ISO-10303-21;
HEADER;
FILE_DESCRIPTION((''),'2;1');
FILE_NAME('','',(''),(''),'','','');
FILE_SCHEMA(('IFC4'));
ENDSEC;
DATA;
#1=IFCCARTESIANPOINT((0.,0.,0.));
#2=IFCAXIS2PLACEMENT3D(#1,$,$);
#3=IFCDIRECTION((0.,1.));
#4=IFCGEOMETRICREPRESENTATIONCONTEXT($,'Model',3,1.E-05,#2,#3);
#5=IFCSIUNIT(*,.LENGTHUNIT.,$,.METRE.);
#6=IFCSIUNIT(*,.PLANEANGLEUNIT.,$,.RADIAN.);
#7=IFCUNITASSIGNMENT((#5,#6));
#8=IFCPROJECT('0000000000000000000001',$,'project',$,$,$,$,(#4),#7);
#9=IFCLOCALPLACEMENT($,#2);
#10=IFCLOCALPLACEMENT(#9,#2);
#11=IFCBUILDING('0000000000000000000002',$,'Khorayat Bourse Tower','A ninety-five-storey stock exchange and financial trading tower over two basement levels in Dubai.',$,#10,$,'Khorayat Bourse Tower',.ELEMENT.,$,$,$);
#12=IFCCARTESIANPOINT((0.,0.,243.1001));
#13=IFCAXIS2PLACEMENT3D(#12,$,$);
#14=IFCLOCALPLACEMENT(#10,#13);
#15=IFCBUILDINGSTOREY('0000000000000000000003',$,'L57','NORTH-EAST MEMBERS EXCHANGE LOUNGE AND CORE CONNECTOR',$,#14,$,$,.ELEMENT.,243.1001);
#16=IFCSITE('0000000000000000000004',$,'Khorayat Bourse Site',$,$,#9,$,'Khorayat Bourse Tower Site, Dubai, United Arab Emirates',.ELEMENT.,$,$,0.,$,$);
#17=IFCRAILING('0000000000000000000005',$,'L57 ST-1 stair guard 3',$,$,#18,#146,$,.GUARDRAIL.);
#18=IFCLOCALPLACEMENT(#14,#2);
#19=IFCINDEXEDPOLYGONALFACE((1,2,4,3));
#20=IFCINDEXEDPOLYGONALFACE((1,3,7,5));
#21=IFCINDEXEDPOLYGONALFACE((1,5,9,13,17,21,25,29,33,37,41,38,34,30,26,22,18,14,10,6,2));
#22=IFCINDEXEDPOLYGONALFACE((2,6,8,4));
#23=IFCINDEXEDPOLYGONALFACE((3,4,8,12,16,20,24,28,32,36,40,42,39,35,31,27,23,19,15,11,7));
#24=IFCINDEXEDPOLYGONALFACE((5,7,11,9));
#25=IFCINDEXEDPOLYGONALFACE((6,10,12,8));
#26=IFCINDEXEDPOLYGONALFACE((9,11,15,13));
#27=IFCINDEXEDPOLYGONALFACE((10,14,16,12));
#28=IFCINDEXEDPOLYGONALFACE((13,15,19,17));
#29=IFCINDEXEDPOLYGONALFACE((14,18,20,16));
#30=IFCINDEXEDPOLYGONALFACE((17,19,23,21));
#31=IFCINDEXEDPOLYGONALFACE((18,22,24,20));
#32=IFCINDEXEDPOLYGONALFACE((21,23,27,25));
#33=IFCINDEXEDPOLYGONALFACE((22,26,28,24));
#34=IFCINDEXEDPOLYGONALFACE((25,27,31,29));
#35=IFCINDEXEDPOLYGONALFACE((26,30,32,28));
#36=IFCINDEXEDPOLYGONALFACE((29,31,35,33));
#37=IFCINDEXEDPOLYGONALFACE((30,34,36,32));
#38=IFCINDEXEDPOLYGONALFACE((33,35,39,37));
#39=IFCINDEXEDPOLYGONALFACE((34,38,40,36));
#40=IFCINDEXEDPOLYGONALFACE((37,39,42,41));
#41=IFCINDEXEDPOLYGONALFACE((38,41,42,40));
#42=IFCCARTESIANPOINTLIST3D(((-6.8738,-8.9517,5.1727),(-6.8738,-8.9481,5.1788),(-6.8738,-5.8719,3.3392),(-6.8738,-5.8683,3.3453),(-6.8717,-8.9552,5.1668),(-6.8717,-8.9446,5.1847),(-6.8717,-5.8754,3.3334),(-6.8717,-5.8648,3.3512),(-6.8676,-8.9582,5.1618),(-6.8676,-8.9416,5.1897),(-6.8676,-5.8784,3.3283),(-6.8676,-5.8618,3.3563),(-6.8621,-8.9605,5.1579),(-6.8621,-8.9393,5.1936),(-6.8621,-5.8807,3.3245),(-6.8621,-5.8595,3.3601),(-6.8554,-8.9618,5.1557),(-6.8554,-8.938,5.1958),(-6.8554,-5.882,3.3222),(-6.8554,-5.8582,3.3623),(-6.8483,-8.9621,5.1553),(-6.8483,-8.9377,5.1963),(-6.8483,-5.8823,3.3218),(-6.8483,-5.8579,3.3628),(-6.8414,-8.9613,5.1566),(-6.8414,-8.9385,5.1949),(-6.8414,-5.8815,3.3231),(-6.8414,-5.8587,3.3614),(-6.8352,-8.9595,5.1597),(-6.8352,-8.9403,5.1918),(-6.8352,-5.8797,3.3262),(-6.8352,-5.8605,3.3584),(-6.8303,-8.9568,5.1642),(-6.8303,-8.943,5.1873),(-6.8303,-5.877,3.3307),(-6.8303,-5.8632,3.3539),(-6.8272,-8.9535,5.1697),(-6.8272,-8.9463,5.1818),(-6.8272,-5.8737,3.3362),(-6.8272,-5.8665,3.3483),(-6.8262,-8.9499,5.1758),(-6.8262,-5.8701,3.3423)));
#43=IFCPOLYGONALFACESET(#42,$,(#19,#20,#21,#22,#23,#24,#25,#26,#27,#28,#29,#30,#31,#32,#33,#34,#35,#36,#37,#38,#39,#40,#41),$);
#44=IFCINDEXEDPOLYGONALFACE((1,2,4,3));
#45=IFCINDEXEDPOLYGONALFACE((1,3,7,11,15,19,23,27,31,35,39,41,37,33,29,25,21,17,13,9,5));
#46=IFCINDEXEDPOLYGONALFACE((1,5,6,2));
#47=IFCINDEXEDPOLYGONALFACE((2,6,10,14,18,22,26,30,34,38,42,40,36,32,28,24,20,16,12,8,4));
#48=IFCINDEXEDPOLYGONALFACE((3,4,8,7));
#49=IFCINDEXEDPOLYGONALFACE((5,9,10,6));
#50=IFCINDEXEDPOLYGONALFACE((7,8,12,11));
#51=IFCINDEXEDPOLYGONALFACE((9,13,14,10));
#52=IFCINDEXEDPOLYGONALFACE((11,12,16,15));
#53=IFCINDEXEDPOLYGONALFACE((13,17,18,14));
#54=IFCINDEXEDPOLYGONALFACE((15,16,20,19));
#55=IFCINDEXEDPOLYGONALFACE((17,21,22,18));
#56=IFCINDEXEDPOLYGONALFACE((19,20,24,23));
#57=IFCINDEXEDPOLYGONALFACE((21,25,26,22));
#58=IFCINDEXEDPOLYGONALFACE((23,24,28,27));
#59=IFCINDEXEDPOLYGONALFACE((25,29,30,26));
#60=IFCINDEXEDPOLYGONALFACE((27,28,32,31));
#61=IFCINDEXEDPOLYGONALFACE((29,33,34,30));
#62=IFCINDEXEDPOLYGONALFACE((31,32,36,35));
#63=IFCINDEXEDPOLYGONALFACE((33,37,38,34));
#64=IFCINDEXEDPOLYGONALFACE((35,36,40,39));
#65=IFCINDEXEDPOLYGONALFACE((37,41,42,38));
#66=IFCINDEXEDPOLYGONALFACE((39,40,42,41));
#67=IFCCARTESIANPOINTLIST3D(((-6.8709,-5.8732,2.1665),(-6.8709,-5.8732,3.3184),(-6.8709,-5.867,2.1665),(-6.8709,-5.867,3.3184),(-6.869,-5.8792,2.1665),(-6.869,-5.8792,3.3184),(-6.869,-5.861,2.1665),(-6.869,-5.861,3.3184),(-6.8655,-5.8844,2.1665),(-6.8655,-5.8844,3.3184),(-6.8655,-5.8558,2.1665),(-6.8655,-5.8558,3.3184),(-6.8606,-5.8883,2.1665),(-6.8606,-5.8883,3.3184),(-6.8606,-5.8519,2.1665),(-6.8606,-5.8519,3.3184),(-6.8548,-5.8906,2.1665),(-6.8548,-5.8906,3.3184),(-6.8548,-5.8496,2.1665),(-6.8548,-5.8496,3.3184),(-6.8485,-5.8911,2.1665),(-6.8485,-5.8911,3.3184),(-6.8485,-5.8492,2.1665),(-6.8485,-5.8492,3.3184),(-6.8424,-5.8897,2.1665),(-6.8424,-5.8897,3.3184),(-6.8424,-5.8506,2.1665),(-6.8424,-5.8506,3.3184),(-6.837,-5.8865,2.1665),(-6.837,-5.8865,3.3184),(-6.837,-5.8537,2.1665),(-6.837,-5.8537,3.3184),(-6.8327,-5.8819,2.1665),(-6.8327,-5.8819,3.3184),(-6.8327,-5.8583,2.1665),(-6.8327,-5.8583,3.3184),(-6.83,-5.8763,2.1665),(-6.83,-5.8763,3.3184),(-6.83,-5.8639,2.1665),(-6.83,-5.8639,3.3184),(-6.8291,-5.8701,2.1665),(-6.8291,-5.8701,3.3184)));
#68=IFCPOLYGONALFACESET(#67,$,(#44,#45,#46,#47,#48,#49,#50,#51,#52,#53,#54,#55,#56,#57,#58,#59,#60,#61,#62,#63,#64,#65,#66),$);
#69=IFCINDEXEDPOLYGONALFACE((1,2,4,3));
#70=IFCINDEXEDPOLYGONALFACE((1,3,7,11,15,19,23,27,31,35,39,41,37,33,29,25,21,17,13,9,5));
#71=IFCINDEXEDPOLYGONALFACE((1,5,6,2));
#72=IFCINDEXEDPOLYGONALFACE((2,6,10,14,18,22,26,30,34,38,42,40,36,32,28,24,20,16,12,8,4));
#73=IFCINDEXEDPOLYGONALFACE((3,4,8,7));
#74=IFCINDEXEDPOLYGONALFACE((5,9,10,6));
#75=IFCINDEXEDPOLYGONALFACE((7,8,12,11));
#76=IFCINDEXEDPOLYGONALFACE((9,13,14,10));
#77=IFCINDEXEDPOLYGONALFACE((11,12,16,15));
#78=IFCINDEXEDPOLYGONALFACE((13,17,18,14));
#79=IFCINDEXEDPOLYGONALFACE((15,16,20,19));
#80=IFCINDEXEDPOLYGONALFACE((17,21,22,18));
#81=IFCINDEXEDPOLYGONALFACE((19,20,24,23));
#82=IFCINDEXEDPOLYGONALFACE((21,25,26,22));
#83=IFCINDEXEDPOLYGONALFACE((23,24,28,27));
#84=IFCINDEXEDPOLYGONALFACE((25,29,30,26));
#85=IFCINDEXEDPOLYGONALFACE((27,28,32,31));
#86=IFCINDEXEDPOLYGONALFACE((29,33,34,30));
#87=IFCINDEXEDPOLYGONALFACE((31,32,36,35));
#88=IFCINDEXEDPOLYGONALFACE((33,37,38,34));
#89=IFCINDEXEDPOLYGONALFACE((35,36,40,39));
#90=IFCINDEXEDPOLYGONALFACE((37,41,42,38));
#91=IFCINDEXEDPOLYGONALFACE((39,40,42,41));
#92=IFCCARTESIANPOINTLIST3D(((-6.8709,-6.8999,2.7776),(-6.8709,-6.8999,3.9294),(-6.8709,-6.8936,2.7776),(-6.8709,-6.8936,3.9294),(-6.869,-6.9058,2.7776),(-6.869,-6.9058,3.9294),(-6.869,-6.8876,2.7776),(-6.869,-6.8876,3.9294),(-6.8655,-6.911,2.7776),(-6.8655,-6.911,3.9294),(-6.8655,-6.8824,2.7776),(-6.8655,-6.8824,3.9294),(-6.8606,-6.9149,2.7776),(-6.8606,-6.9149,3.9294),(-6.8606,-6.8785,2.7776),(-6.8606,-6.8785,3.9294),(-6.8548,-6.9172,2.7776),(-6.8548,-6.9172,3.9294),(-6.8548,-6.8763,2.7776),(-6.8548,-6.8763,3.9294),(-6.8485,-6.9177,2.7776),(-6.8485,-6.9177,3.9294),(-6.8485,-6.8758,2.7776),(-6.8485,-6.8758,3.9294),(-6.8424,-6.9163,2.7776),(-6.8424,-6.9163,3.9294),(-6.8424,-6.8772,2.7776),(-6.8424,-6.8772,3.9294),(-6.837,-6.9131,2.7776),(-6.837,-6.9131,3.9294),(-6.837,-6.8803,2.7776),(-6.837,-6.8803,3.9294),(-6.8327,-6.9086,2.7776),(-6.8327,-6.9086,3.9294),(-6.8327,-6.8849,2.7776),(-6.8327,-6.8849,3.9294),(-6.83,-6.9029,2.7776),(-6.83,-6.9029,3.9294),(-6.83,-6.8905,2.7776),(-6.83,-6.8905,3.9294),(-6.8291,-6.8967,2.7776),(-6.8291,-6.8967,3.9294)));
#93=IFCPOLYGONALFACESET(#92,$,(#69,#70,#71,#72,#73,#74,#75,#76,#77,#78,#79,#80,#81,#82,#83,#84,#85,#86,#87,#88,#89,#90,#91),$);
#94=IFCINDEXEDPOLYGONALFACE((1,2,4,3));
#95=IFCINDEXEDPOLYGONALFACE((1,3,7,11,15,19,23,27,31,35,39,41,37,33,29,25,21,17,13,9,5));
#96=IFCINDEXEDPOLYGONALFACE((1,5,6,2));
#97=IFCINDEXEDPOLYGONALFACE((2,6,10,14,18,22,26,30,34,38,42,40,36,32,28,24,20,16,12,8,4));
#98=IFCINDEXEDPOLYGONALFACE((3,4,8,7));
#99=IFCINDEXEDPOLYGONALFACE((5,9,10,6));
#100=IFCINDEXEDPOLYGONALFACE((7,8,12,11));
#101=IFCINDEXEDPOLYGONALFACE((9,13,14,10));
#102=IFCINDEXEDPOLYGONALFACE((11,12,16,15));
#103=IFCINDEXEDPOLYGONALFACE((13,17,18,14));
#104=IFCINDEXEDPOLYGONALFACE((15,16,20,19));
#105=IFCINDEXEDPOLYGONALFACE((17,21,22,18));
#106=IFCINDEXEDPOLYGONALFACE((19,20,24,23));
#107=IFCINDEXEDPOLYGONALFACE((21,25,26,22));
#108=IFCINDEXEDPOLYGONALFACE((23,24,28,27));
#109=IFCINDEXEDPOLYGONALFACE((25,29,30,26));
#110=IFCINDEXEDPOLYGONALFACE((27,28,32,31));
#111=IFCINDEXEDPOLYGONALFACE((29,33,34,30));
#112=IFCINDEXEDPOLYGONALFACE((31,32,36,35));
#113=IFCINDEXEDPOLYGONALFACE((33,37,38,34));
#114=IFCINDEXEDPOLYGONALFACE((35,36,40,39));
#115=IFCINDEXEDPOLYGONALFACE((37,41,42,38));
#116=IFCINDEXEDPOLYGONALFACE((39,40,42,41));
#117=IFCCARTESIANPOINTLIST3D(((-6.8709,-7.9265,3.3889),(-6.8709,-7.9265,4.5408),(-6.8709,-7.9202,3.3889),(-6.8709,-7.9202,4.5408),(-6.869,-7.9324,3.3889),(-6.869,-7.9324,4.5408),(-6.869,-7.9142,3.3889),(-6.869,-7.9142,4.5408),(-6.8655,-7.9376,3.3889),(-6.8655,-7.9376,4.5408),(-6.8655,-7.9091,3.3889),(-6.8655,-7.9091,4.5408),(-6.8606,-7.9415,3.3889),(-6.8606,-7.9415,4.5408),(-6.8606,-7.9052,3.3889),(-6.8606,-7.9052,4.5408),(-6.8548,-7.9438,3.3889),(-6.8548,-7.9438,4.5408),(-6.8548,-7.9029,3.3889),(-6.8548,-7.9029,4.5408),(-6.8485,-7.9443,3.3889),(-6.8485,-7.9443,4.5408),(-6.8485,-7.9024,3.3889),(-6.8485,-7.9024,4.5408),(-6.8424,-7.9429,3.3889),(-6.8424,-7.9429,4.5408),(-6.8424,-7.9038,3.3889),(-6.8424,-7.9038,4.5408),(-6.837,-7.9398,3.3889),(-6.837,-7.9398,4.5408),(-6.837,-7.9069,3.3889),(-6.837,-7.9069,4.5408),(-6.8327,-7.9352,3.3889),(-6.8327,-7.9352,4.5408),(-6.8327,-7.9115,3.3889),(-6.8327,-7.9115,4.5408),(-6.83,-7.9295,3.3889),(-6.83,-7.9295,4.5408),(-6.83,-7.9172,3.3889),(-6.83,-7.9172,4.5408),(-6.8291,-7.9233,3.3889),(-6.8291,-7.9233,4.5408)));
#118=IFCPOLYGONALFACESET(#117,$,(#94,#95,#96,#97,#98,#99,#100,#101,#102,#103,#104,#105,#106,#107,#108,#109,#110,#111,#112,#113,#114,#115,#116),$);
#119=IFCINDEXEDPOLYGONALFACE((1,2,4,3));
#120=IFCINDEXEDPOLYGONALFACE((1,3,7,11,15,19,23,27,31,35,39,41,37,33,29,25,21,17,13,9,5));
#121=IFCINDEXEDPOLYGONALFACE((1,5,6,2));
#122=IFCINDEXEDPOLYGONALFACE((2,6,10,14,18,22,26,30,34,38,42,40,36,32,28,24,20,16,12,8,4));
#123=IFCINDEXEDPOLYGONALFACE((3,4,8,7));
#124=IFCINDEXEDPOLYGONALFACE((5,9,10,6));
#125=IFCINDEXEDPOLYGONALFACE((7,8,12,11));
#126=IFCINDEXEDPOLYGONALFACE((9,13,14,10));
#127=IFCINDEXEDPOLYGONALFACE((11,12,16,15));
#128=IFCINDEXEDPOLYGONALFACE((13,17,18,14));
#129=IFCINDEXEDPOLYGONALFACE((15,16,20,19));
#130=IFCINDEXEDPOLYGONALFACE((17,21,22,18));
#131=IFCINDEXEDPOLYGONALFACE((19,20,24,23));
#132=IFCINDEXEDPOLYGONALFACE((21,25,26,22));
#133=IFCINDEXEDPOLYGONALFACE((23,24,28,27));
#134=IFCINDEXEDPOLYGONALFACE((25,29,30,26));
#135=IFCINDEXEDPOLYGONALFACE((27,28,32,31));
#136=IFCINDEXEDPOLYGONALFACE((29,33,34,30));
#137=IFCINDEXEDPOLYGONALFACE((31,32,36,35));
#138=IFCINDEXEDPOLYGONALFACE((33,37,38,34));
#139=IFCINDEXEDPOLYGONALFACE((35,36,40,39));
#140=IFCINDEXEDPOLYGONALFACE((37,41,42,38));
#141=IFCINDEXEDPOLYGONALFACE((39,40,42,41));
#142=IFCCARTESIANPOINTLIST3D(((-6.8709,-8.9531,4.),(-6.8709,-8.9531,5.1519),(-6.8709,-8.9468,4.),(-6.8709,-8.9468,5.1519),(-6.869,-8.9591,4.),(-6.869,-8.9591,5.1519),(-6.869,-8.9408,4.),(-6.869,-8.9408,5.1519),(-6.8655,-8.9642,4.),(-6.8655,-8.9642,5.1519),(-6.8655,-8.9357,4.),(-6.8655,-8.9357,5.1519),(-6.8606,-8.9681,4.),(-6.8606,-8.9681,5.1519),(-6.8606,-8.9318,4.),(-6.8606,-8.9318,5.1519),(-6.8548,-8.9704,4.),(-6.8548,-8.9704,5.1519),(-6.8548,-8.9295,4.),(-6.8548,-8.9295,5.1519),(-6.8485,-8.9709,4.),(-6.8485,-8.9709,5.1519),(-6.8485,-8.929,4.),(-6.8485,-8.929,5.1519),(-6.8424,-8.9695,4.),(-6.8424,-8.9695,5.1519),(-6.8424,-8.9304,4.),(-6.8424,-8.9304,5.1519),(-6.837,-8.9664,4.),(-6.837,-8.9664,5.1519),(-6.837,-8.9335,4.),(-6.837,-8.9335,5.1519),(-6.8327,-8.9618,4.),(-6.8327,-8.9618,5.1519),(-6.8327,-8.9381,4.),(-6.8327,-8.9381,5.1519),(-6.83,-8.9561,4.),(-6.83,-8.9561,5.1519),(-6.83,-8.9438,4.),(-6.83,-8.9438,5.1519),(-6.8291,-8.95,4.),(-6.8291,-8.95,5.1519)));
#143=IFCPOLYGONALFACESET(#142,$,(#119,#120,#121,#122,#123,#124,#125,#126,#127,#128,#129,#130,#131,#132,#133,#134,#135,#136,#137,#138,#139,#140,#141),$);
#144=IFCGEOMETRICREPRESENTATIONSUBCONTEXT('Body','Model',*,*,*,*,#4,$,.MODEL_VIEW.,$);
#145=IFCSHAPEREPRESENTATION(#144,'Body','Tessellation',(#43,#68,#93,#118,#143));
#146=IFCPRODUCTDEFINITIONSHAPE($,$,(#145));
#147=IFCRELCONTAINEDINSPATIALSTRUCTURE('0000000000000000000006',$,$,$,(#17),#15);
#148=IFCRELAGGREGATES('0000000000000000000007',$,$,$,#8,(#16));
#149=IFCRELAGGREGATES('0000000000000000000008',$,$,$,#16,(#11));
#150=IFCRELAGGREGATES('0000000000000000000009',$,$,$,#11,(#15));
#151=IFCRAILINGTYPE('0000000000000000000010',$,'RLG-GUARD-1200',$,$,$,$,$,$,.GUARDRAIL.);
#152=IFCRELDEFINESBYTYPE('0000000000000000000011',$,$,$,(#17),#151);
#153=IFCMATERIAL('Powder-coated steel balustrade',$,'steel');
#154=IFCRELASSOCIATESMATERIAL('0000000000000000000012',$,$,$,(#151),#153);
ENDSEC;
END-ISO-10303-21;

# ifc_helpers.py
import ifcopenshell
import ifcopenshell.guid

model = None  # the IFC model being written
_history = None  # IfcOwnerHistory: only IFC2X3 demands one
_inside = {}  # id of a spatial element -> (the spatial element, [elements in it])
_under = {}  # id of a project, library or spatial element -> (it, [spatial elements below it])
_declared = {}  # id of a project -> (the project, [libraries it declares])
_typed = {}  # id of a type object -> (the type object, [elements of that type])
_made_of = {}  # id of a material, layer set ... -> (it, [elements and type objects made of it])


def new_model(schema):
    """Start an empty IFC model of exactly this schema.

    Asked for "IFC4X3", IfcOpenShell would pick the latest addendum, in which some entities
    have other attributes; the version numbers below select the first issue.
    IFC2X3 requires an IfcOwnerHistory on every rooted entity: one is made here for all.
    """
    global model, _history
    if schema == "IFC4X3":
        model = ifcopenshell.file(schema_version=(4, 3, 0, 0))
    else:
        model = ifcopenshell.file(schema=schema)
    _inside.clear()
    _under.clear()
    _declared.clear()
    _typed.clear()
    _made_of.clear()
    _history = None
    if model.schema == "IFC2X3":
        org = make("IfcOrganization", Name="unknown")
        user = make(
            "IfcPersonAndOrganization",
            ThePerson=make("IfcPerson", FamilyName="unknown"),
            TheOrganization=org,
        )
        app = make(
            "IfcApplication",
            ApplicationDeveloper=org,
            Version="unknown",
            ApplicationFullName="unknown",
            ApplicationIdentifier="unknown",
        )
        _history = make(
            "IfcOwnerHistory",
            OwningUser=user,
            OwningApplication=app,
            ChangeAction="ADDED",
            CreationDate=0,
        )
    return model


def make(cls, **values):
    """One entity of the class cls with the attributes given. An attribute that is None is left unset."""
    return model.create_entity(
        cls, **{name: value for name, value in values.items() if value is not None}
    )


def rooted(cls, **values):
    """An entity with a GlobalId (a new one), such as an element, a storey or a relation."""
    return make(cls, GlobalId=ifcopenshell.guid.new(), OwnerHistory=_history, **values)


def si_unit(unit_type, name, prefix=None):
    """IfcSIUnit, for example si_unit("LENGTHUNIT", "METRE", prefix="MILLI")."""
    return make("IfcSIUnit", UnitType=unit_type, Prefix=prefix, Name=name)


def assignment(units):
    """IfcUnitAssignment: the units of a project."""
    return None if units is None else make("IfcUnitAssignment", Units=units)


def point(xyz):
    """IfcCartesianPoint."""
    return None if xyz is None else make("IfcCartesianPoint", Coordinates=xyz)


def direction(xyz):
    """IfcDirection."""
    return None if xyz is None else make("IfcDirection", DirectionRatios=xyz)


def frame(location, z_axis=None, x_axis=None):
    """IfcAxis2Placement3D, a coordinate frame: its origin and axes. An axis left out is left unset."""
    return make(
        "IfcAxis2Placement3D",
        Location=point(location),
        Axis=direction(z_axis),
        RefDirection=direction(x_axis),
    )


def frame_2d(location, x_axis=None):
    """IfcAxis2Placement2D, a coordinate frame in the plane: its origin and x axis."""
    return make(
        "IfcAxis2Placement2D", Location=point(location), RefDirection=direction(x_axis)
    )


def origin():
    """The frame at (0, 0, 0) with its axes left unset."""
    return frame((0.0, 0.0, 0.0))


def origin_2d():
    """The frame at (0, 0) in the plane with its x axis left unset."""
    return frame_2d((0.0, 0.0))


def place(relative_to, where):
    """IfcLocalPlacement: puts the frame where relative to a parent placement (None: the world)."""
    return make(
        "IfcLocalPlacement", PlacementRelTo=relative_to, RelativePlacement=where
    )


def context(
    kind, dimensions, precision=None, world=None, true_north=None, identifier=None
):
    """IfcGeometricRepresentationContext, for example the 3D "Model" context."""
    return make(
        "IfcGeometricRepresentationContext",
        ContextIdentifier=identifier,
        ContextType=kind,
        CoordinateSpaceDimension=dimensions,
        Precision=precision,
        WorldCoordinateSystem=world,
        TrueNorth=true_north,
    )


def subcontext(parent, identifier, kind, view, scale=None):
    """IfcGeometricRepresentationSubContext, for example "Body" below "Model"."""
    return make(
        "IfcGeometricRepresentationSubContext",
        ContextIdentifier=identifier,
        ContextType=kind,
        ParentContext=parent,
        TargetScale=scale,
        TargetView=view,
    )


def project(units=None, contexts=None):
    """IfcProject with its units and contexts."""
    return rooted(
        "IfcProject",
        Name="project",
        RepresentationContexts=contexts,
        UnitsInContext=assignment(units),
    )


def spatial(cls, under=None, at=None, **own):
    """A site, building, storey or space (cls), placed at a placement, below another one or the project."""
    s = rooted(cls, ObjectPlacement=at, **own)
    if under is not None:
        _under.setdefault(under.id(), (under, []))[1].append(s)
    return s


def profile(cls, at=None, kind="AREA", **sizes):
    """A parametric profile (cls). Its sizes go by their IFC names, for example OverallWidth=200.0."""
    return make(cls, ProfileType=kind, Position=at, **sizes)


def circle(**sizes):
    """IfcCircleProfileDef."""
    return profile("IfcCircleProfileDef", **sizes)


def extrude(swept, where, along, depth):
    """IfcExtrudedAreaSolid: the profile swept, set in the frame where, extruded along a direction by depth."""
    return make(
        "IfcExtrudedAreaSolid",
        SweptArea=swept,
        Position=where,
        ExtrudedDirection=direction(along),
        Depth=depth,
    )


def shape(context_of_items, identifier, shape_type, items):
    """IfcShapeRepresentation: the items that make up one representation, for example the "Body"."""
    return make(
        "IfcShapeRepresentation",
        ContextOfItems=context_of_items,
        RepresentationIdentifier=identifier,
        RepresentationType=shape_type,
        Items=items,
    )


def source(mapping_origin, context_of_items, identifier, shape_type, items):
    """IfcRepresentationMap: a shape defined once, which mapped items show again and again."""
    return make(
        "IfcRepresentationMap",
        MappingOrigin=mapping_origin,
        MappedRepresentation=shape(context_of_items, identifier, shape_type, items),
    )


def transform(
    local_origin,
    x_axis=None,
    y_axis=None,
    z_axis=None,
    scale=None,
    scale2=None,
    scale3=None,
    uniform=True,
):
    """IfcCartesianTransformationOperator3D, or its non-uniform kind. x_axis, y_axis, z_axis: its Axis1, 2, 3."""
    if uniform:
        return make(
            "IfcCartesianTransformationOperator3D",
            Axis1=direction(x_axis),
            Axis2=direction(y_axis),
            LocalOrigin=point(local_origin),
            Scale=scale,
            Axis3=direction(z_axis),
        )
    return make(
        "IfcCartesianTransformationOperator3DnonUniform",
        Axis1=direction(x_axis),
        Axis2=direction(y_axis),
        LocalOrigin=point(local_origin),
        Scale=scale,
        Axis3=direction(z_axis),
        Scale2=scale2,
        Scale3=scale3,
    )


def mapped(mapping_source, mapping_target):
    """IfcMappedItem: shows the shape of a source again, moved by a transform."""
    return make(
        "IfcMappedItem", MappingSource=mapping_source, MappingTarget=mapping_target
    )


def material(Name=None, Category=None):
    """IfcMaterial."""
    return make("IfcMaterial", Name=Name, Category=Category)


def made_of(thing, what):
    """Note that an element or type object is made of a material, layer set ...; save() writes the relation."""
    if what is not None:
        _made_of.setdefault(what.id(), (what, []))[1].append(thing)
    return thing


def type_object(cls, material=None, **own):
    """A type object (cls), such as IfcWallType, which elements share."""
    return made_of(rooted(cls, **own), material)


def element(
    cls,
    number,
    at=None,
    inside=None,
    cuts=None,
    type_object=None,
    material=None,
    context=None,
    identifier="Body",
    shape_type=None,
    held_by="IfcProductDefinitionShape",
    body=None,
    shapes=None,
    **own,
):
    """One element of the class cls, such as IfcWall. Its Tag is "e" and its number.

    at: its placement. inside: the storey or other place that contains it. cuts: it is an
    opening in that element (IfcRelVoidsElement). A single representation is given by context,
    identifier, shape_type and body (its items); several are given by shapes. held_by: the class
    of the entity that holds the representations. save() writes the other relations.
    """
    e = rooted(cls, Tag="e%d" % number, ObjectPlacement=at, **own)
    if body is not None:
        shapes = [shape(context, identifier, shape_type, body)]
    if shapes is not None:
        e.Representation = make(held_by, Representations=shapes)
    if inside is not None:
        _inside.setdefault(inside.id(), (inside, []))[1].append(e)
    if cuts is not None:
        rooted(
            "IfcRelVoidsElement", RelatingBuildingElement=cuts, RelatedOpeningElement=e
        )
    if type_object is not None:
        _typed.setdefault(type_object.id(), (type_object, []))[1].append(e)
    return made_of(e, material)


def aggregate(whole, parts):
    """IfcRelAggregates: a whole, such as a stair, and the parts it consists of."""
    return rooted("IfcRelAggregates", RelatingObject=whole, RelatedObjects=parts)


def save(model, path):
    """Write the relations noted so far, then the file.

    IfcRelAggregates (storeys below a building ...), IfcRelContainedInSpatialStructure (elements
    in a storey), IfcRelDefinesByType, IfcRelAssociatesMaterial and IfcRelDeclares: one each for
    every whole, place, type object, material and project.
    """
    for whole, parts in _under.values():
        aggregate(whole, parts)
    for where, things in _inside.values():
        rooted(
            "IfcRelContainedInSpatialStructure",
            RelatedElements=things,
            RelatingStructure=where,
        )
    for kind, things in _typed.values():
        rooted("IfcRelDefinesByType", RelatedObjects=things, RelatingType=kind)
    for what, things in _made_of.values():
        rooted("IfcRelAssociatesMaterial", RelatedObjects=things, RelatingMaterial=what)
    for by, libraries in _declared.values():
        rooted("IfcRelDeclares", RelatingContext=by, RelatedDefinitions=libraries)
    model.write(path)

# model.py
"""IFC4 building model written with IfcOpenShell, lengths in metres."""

from ifc_helpers import new_model, si_unit, direction, frame, origin, origin_2d, place, context, subcontext, project, spatial, circle, extrude, source, transform, mapped, material, type_object, element, save


model = new_model("IFC4")

# Units and contexts
model_context = context("Model", 3, precision=1e-05, world=origin(), true_north=direction((0.0, 1.0)))
body_context = subcontext(model_context, "Body", "Model", "MODEL_VIEW")
ifc_project = project(units=[si_unit("LENGTHUNIT", "METRE"), si_unit("PLANEANGLEUNIT", "RADIAN")], contexts=[model_context])

# Site, building, storey
site_placement = place(None, origin())
site = spatial("IfcSite", under=ifc_project, at=site_placement, Name="Khorayat Bourse Site", LongName="Khorayat Bourse Tower Site, Dubai, United Arab Emirates", CompositionType="ELEMENT", RefElevation=0.0)
building_placement = place(site_placement, origin())
building = spatial("IfcBuilding", under=site, at=building_placement, Name="Khorayat Bourse Tower", Description="A ninety-five-storey stock exchange and financial trading tower over two basement levels in Dubai.", LongName="Khorayat Bourse Tower", CompositionType="ELEMENT")
storey_placement = place(building_placement, frame((0.0, 0.0, 243.1001)))
storey = spatial("IfcBuildingStorey", under=building, at=storey_placement, Name="L57", Description="NORTH-EAST MEMBERS EXCHANGE LOUNGE AND CORE CONNECTOR", CompositionType="ELEMENT", Elevation=243.1001)

# Railing
ifc_material_1 = material(Name="Powder-coated steel balustrade", Category="steel")
railing_type_1 = type_object("IfcRailingType", Name="RLG-GUARD-1200", PredefinedType="GUARDRAIL", material=ifc_material_1)
shared_shape_1 = source(origin(), body_context, "Body", "SweptSolid", [
    extrude(circle(Radius=0.0239, at=origin_2d()), frame((0.0, 0.0, 1.1758), z_axis=(0.0, -0.859261, 0.511538), x_axis=(1.0, 0.0, 0.0)), (0.0, 0.0, 1.0), 3.5842),
    extrude(circle(Radius=0.021, at=origin_2d()), origin(), (0.0, 0.0, 1.0), 1.1519),
    extrude(circle(Radius=0.021, at=origin_2d()), frame((0.0, -1.0266, 0.6111)), (0.0, 0.0, 1.0), 1.1519),
    extrude(circle(Radius=0.021, at=origin_2d()), frame((0.0, -2.0532, 1.2224)), (0.0, 0.0, 1.0), 1.1519),
    extrude(circle(Radius=0.021, at=origin_2d()), frame((0.0, -3.0798, 1.8335)), (0.0, 0.0, 1.0), 1.1519),
])
railing_1_placement = place(storey_placement, frame((-6.8501, -5.8701, 2.1665)))
element("IfcRailing", 1, at=railing_1_placement, inside=storey, type_object=railing_type_1, Name="L57 ST-1 stair guard 3", PredefinedType="GUARDRAIL", context=body_context, shape_type="MappedRepresentation", body=[
    mapped(shared_shape_1, transform((0.0, 0.0, 0.0), scale=1.0)),
])

save(model, "model.ifc")
